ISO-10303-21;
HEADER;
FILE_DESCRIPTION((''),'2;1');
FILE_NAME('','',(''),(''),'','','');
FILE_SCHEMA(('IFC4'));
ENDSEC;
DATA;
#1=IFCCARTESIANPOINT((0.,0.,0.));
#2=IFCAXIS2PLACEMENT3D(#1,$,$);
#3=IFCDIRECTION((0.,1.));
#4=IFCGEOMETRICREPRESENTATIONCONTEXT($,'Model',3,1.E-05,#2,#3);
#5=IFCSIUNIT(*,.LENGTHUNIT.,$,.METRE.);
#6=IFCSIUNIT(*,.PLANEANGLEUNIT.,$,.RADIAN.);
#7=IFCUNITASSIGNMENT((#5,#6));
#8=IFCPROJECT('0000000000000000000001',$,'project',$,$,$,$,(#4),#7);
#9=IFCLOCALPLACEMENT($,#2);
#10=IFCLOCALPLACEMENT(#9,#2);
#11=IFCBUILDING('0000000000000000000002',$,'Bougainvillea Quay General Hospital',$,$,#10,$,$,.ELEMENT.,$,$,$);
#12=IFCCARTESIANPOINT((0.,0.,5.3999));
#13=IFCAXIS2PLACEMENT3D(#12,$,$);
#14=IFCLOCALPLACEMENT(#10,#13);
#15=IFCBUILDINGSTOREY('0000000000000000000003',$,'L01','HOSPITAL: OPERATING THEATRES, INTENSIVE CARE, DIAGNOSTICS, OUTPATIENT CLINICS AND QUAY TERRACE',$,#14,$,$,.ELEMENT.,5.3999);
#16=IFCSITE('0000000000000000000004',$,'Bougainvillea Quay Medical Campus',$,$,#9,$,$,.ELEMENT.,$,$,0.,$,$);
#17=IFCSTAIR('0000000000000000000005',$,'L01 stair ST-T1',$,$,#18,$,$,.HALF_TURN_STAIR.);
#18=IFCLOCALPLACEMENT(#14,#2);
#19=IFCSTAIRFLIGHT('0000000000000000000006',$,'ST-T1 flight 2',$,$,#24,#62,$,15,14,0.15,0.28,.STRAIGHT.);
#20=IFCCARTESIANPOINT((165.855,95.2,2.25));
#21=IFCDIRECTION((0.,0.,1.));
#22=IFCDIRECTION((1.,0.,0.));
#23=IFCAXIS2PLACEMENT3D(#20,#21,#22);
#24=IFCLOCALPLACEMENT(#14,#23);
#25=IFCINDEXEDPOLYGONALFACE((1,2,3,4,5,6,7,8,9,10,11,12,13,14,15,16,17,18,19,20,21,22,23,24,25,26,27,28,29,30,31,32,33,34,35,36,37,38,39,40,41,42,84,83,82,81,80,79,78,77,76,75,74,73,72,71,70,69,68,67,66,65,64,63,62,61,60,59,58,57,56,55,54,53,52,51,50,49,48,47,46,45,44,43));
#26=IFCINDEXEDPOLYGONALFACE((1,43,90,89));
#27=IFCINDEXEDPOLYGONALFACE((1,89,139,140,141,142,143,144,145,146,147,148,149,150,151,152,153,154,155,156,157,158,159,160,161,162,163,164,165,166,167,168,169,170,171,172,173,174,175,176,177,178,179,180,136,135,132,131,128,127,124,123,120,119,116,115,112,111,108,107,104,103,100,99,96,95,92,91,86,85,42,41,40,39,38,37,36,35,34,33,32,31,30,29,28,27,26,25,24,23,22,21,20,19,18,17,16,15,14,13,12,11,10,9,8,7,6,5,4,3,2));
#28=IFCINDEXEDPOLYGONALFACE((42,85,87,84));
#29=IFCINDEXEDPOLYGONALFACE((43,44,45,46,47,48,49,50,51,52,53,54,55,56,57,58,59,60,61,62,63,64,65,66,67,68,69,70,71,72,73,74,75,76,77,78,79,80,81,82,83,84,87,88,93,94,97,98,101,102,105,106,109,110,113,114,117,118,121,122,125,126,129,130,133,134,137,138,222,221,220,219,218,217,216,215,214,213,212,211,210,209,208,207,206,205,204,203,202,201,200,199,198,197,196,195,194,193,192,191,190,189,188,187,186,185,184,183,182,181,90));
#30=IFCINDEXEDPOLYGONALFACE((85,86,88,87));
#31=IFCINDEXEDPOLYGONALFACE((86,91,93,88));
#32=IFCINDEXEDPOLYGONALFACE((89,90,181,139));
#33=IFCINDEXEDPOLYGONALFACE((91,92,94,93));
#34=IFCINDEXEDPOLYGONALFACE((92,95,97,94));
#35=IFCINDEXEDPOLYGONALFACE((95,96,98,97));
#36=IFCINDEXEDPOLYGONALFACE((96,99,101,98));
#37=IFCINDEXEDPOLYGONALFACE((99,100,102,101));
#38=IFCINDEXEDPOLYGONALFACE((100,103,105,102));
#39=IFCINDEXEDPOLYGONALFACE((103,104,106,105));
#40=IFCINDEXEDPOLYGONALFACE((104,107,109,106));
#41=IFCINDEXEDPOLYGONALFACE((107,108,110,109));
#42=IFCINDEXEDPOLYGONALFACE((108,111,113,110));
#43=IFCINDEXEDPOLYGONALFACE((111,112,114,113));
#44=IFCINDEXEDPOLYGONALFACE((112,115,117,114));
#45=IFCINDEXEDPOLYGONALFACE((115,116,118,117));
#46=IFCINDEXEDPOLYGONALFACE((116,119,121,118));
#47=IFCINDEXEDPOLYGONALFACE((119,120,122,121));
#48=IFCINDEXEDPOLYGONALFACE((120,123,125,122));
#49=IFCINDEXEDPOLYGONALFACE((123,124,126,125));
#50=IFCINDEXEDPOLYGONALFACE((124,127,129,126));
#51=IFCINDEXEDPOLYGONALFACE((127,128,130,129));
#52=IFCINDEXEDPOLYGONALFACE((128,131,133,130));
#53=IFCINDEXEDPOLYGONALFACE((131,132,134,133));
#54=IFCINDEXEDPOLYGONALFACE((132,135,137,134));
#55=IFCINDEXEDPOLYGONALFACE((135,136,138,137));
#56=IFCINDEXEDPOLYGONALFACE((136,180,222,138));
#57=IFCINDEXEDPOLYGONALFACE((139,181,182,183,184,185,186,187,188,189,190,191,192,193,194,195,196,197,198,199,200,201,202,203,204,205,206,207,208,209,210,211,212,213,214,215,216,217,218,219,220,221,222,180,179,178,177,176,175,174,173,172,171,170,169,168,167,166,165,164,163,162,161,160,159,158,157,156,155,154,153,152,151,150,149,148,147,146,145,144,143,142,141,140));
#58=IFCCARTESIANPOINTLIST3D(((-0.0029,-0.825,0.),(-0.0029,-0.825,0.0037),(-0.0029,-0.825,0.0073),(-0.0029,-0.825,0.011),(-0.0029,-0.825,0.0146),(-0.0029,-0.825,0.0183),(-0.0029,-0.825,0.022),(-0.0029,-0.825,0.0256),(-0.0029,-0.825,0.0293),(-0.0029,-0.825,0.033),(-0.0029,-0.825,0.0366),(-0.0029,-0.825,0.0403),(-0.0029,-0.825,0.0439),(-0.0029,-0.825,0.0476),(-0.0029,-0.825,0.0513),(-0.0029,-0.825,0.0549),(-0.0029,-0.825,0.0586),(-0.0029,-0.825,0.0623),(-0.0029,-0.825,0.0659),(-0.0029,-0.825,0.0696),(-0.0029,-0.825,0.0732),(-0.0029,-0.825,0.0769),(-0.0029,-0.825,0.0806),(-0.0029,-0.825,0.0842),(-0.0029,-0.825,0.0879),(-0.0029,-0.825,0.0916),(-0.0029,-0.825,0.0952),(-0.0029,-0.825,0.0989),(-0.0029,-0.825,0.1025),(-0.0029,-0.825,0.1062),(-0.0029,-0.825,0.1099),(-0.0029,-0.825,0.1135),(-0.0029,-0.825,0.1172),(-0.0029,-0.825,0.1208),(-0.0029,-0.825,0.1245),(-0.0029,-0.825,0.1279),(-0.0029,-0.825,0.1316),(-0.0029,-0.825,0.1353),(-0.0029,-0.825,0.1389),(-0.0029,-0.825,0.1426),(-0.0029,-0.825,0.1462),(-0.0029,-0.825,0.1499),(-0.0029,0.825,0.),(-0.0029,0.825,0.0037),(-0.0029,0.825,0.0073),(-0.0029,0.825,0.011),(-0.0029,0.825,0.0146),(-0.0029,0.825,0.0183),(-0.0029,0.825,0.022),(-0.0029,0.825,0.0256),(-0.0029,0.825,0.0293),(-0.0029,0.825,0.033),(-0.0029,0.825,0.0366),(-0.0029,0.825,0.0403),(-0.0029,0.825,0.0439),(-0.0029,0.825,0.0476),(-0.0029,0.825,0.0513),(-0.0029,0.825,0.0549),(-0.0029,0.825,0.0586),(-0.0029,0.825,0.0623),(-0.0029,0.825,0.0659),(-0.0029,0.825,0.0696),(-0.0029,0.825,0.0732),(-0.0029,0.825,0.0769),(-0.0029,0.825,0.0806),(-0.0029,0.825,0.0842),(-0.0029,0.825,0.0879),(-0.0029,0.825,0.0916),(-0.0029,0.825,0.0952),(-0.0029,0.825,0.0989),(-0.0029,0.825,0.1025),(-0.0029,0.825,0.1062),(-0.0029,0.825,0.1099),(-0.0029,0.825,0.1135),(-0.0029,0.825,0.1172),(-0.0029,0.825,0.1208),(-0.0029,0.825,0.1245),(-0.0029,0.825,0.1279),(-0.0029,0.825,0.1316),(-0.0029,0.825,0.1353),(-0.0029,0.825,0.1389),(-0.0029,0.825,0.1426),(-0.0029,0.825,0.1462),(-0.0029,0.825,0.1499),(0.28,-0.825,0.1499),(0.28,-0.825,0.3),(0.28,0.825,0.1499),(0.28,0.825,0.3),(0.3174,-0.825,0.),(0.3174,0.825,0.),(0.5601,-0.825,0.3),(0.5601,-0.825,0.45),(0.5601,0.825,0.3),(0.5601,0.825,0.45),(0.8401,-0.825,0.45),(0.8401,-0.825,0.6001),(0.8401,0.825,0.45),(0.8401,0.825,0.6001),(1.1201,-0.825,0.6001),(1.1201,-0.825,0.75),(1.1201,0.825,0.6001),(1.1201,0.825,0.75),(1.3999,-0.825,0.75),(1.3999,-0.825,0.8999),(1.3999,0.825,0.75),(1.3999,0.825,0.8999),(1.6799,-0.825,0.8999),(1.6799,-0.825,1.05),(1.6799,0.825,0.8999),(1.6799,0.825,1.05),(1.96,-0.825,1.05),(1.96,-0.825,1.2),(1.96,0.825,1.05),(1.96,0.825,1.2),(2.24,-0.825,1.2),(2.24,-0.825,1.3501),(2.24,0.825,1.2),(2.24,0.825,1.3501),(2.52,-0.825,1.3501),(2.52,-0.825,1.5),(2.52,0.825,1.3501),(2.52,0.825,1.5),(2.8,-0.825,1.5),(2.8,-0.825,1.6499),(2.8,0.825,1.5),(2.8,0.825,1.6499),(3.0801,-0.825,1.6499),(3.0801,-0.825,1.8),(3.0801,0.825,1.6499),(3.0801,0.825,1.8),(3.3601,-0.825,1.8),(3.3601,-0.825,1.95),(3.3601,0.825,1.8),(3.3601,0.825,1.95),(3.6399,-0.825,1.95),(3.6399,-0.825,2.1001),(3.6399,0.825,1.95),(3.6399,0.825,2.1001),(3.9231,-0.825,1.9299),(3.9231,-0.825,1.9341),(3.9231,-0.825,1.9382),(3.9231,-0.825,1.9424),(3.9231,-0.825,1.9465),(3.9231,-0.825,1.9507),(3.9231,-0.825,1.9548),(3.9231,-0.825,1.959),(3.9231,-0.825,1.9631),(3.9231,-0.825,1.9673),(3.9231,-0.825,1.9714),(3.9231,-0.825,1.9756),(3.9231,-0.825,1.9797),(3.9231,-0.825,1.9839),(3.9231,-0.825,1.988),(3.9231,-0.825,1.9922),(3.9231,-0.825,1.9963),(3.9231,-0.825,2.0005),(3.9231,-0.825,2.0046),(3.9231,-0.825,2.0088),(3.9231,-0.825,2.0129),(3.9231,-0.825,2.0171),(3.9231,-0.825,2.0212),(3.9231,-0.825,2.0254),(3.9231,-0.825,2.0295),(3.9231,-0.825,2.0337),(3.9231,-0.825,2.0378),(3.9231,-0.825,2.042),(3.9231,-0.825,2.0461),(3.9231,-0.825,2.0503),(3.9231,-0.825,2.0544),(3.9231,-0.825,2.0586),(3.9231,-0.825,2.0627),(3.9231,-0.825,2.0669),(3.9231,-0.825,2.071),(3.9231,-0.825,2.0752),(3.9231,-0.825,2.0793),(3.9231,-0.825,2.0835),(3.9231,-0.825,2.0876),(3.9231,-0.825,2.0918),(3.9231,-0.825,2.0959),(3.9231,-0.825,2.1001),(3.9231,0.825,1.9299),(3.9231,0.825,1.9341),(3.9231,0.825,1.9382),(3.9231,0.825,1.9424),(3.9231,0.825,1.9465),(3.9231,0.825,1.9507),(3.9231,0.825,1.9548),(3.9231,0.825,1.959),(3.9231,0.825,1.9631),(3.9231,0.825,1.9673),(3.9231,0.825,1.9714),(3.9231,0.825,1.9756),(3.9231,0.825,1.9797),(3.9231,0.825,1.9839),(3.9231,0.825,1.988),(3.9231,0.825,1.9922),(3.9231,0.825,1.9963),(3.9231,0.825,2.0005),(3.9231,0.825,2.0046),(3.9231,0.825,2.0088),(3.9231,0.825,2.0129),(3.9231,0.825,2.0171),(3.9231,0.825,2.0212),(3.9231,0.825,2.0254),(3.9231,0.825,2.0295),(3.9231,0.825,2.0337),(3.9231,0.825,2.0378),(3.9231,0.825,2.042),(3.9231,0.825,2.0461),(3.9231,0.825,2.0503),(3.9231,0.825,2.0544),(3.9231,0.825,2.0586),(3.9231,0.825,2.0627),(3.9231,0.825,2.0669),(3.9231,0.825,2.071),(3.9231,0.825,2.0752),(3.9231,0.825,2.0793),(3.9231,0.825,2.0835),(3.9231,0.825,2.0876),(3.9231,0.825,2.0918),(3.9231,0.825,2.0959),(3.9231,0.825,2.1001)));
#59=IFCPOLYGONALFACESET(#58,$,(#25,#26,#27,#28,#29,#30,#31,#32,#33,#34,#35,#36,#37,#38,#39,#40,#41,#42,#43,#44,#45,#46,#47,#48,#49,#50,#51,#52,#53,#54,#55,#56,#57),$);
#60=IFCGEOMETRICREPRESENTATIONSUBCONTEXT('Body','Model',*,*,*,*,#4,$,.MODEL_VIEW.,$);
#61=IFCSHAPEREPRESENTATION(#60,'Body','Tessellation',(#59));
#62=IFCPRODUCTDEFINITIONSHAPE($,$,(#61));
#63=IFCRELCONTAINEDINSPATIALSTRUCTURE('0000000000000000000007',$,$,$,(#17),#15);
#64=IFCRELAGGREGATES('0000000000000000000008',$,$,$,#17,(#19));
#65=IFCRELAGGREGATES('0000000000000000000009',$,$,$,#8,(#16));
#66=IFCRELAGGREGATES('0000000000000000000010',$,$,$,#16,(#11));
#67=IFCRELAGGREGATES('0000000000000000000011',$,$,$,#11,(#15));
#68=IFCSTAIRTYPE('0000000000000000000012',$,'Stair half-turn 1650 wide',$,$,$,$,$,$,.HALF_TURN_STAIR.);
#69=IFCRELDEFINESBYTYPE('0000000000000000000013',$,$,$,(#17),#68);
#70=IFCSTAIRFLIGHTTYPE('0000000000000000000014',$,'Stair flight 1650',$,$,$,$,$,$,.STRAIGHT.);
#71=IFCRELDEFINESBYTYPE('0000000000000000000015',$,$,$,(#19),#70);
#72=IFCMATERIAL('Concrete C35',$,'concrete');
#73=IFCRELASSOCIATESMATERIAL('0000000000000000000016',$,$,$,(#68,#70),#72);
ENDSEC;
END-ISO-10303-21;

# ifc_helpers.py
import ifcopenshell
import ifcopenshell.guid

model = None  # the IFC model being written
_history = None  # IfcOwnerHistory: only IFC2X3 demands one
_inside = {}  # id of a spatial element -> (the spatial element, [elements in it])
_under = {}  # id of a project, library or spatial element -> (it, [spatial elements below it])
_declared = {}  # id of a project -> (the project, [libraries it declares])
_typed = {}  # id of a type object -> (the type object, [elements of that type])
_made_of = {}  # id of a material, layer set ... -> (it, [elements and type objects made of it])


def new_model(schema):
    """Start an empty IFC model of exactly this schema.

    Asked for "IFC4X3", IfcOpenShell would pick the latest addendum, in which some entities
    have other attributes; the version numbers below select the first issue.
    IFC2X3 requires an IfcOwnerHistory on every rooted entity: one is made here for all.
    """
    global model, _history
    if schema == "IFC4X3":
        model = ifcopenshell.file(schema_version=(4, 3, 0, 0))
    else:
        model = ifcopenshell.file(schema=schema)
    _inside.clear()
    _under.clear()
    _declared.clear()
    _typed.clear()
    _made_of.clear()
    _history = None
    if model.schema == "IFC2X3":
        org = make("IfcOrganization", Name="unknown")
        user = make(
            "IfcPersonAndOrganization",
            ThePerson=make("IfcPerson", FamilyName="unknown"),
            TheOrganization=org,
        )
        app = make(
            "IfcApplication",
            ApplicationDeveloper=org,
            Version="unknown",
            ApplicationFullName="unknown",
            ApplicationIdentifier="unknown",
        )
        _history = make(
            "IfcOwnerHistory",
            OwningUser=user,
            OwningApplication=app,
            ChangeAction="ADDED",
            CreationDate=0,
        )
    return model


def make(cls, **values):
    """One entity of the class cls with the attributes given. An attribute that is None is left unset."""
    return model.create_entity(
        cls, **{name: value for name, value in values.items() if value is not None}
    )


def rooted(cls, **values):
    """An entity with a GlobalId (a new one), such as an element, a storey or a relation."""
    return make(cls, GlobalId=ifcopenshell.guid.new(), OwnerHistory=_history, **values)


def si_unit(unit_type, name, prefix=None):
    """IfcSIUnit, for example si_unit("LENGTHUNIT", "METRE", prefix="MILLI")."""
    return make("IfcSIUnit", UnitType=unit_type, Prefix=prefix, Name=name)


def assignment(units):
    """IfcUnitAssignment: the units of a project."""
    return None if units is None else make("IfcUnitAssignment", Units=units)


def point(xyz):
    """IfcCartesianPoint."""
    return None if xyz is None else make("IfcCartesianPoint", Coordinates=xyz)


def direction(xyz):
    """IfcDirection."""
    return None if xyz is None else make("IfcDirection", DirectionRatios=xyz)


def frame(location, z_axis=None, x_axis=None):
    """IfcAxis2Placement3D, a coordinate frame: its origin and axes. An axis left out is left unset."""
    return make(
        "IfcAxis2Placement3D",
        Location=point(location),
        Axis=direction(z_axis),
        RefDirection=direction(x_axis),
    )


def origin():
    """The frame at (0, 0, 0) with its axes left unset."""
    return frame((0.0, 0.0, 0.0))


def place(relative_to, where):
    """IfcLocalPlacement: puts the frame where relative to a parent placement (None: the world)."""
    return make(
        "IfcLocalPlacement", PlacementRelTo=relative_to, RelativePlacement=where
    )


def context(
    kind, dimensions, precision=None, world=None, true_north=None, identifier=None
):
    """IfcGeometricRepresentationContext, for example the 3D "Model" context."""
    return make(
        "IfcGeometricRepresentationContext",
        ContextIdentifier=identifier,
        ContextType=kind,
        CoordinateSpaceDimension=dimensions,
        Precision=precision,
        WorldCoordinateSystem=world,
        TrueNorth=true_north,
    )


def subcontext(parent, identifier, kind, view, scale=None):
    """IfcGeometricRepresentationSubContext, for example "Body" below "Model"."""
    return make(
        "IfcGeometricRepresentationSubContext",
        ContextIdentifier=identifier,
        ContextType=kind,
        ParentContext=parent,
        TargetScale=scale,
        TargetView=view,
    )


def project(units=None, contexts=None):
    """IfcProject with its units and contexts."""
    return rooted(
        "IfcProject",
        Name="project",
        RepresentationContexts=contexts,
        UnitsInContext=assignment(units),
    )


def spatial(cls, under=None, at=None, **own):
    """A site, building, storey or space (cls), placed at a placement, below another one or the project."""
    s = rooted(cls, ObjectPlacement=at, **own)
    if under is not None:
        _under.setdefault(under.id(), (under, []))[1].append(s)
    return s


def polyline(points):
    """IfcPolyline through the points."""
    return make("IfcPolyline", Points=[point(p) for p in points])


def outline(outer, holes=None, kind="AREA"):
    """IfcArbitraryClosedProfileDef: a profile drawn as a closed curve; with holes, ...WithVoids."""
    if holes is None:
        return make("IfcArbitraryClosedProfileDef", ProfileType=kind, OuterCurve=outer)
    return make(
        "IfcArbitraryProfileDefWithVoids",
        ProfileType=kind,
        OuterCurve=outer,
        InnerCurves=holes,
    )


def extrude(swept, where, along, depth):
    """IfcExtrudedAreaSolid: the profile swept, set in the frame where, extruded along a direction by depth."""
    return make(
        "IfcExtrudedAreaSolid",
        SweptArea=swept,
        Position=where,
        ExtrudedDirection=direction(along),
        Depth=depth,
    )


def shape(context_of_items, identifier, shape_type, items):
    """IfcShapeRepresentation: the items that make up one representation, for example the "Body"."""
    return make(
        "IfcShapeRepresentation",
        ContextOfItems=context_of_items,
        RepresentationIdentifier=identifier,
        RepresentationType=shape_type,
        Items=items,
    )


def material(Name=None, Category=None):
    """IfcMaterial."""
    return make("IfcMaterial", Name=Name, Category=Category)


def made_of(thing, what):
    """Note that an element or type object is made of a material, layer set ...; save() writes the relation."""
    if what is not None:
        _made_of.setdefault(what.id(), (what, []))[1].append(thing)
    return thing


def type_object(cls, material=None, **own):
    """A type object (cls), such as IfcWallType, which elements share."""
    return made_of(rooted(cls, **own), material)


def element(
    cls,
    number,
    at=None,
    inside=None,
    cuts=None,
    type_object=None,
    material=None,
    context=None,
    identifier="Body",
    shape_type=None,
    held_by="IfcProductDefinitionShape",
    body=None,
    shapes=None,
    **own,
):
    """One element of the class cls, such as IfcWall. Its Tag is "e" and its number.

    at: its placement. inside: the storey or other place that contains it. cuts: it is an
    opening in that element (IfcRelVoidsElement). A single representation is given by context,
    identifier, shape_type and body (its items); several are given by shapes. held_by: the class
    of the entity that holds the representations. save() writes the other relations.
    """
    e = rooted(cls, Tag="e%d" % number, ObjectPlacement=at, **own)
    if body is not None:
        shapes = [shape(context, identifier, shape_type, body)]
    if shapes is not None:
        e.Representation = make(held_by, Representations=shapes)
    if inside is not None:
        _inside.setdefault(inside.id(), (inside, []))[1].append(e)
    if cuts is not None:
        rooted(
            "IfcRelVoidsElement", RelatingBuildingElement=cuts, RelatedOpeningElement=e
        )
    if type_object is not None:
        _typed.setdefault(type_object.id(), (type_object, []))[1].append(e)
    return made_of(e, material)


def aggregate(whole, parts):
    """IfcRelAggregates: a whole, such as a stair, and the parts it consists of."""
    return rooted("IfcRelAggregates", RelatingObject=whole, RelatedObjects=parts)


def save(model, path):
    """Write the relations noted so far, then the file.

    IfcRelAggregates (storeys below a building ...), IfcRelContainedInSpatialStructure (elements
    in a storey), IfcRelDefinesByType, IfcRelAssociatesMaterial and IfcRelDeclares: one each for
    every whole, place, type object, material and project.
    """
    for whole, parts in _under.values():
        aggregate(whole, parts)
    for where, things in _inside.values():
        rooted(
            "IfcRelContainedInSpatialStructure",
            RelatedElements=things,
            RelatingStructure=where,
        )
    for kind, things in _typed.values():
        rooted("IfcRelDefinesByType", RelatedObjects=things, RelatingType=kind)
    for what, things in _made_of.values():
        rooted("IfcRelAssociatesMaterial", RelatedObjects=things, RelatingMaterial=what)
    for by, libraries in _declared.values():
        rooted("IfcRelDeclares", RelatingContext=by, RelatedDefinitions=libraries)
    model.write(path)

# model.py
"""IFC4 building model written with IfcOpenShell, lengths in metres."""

from ifc_helpers import new_model, si_unit, direction, frame, origin, place, context, subcontext, project, spatial, polyline, outline, extrude, material, type_object, element, aggregate, save


model = new_model("IFC4")

# Units and contexts
model_context = context("Model", 3, precision=1e-05, world=origin(), true_north=direction((0.0, 1.0)))
body_context = subcontext(model_context, "Body", "Model", "MODEL_VIEW")
ifc_project = project(units=[si_unit("LENGTHUNIT", "METRE"), si_unit("PLANEANGLEUNIT", "RADIAN")], contexts=[model_context])

# Site, building, storey
site_placement = place(None, origin())
site = spatial("IfcSite", under=ifc_project, at=site_placement, Name="Bougainvillea Quay Medical Campus", CompositionType="ELEMENT", RefElevation=0.0)
building_placement = place(site_placement, origin())
building = spatial("IfcBuilding", under=site, at=building_placement, Name="Bougainvillea Quay General Hospital", CompositionType="ELEMENT")
storey_placement = place(building_placement, frame((0.0, 0.0, 5.3999)))
storey = spatial("IfcBuildingStorey", under=building, at=storey_placement, Name="L01", Description="HOSPITAL: OPERATING THEATRES, INTENSIVE CARE, DIAGNOSTICS, OUTPATIENT CLINICS AND QUAY TERRACE", CompositionType="ELEMENT", Elevation=5.3999)

# Stair, stair flight
ifc_material_1 = material(Name="Concrete C35", Category="concrete")
stair_type = type_object("IfcStairType", Name="Stair half-turn 1650 wide", PredefinedType="HALF_TURN_STAIR", material=ifc_material_1)
stair_placement = place(storey_placement, origin())
stair = element("IfcStair", 1, at=stair_placement, inside=storey, type_object=stair_type, Name="L01 stair ST-T1", PredefinedType="HALF_TURN_STAIR")
stair_flight_type = type_object("IfcStairFlightType", Name="Stair flight 1650", PredefinedType="STRAIGHT", material=ifc_material_1)
stair_flight_1_placement = place(storey_placement, frame((165.855, 95.2, 2.25), z_axis=(0.0, 0.0, 1.0), x_axis=(1.0, 0.0, 0.0)))
stair_flight_1 = element("IfcStairFlight", 2, at=stair_flight_1_placement, type_object=stair_flight_type, Name="ST-T1 flight 2", NumberOfRisers=15, NumberOfTreads=14, PredefinedType="STRAIGHT", RiserHeight=0.15, TreadLength=0.28, context=body_context, shape_type="SweptSolid", body=[
    extrude(outline(polyline([(-0.0029, 0.0), (-0.0029, 0.0037), (-0.0029, 0.0073), (-0.0029, 0.011), (-0.0029, 0.0146), (-0.0029, 0.0183), (-0.0029, 0.022), (-0.0029, 0.0256), (-0.0029, 0.0293), (-0.0029, 0.033), (-0.0029, 0.0366), (-0.0029, 0.0403), (-0.0029, 0.0439), (-0.0029, 0.0476), (-0.0029, 0.0513), (-0.0029, 0.0549), (-0.0029, 0.0586), (-0.0029, 0.0623), (-0.0029, 0.0659), (-0.0029, 0.0696), (-0.0029, 0.0732), (-0.0029, 0.0769), (-0.0029, 0.0806), (-0.0029, 0.0842), (-0.0029, 0.0879), (-0.0029, 0.0916), (-0.0029, 0.0952), (-0.0029, 0.0989), (-0.0029, 0.1025), (-0.0029, 0.1062), (-0.0029, 0.1099), (-0.0029, 0.1135), (-0.0029, 0.1172), (-0.0029, 0.1208), (-0.0029, 0.1245), (-0.0029, 0.1279), (-0.0029, 0.1316), (-0.0029, 0.1353), (-0.0029, 0.1389), (-0.0029, 0.1426), (-0.0029, 0.1462), (-0.0029, 0.1499), (0.28, 0.1499), (0.28, 0.3), (0.5601, 0.3), (0.5601, 0.45), (0.8401, 0.45), (0.8401, 0.6001), (1.1201, 0.6001), (1.1201, 0.75), (1.3999, 0.75), (1.3999, 0.8999), (1.6799, 0.8999), (1.6799, 1.05), (1.96, 1.05), (1.96, 1.2), (2.24, 1.2), (2.24, 1.3501), (2.52, 1.3501), (2.52, 1.5), (2.8, 1.5), (2.8, 1.6499), (3.0801, 1.6499), (3.0801, 1.8), (3.3601, 1.8), (3.3601, 1.95), (3.6399, 1.95), (3.6399, 2.1001), (3.9231, 2.1001), (3.9231, 2.0959), (3.9231, 2.0918), (3.9231, 2.0876), (3.9231, 2.0835), (3.9231, 2.0793), (3.9231, 2.0752), (3.9231, 2.071), (3.9231, 2.0669), (3.9231, 2.0627), (3.9231, 2.0586), (3.9231, 2.0544), (3.9231, 2.0503), (3.9231, 2.0461), (3.9231, 2.042), (3.9231, 2.0378), (3.9231, 2.0337), (3.9231, 2.0295), (3.9231, 2.0254), (3.9231, 2.0212), (3.9231, 2.0171), (3.9231, 2.0129), (3.9231, 2.0088), (3.9231, 2.0046), (3.9231, 2.0005), (3.9231, 1.9963), (3.9231, 1.9922), (3.9231, 1.988), (3.9231, 1.9839), (3.9231, 1.9797), (3.9231, 1.9756), (3.9231, 1.9714), (3.9231, 1.9673), (3.9231, 1.9631), (3.9231, 1.959), (3.9231, 1.9548), (3.9231, 1.9507), (3.9231, 1.9465), (3.9231, 1.9424), (3.9231, 1.9382), (3.9231, 1.9341), (3.9231, 1.9299), (0.3174, 0.0), (-0.0029, 0.0)])), frame((0.0, 0.825, 0.0), z_axis=(0.0, -1.0, 0.0), x_axis=(1.0, 0.0, 0.0)), (0.0, 0.0, 1.0), 1.6499),
])
aggregate(stair, [stair_flight_1])

save(model, "model.ifc")
